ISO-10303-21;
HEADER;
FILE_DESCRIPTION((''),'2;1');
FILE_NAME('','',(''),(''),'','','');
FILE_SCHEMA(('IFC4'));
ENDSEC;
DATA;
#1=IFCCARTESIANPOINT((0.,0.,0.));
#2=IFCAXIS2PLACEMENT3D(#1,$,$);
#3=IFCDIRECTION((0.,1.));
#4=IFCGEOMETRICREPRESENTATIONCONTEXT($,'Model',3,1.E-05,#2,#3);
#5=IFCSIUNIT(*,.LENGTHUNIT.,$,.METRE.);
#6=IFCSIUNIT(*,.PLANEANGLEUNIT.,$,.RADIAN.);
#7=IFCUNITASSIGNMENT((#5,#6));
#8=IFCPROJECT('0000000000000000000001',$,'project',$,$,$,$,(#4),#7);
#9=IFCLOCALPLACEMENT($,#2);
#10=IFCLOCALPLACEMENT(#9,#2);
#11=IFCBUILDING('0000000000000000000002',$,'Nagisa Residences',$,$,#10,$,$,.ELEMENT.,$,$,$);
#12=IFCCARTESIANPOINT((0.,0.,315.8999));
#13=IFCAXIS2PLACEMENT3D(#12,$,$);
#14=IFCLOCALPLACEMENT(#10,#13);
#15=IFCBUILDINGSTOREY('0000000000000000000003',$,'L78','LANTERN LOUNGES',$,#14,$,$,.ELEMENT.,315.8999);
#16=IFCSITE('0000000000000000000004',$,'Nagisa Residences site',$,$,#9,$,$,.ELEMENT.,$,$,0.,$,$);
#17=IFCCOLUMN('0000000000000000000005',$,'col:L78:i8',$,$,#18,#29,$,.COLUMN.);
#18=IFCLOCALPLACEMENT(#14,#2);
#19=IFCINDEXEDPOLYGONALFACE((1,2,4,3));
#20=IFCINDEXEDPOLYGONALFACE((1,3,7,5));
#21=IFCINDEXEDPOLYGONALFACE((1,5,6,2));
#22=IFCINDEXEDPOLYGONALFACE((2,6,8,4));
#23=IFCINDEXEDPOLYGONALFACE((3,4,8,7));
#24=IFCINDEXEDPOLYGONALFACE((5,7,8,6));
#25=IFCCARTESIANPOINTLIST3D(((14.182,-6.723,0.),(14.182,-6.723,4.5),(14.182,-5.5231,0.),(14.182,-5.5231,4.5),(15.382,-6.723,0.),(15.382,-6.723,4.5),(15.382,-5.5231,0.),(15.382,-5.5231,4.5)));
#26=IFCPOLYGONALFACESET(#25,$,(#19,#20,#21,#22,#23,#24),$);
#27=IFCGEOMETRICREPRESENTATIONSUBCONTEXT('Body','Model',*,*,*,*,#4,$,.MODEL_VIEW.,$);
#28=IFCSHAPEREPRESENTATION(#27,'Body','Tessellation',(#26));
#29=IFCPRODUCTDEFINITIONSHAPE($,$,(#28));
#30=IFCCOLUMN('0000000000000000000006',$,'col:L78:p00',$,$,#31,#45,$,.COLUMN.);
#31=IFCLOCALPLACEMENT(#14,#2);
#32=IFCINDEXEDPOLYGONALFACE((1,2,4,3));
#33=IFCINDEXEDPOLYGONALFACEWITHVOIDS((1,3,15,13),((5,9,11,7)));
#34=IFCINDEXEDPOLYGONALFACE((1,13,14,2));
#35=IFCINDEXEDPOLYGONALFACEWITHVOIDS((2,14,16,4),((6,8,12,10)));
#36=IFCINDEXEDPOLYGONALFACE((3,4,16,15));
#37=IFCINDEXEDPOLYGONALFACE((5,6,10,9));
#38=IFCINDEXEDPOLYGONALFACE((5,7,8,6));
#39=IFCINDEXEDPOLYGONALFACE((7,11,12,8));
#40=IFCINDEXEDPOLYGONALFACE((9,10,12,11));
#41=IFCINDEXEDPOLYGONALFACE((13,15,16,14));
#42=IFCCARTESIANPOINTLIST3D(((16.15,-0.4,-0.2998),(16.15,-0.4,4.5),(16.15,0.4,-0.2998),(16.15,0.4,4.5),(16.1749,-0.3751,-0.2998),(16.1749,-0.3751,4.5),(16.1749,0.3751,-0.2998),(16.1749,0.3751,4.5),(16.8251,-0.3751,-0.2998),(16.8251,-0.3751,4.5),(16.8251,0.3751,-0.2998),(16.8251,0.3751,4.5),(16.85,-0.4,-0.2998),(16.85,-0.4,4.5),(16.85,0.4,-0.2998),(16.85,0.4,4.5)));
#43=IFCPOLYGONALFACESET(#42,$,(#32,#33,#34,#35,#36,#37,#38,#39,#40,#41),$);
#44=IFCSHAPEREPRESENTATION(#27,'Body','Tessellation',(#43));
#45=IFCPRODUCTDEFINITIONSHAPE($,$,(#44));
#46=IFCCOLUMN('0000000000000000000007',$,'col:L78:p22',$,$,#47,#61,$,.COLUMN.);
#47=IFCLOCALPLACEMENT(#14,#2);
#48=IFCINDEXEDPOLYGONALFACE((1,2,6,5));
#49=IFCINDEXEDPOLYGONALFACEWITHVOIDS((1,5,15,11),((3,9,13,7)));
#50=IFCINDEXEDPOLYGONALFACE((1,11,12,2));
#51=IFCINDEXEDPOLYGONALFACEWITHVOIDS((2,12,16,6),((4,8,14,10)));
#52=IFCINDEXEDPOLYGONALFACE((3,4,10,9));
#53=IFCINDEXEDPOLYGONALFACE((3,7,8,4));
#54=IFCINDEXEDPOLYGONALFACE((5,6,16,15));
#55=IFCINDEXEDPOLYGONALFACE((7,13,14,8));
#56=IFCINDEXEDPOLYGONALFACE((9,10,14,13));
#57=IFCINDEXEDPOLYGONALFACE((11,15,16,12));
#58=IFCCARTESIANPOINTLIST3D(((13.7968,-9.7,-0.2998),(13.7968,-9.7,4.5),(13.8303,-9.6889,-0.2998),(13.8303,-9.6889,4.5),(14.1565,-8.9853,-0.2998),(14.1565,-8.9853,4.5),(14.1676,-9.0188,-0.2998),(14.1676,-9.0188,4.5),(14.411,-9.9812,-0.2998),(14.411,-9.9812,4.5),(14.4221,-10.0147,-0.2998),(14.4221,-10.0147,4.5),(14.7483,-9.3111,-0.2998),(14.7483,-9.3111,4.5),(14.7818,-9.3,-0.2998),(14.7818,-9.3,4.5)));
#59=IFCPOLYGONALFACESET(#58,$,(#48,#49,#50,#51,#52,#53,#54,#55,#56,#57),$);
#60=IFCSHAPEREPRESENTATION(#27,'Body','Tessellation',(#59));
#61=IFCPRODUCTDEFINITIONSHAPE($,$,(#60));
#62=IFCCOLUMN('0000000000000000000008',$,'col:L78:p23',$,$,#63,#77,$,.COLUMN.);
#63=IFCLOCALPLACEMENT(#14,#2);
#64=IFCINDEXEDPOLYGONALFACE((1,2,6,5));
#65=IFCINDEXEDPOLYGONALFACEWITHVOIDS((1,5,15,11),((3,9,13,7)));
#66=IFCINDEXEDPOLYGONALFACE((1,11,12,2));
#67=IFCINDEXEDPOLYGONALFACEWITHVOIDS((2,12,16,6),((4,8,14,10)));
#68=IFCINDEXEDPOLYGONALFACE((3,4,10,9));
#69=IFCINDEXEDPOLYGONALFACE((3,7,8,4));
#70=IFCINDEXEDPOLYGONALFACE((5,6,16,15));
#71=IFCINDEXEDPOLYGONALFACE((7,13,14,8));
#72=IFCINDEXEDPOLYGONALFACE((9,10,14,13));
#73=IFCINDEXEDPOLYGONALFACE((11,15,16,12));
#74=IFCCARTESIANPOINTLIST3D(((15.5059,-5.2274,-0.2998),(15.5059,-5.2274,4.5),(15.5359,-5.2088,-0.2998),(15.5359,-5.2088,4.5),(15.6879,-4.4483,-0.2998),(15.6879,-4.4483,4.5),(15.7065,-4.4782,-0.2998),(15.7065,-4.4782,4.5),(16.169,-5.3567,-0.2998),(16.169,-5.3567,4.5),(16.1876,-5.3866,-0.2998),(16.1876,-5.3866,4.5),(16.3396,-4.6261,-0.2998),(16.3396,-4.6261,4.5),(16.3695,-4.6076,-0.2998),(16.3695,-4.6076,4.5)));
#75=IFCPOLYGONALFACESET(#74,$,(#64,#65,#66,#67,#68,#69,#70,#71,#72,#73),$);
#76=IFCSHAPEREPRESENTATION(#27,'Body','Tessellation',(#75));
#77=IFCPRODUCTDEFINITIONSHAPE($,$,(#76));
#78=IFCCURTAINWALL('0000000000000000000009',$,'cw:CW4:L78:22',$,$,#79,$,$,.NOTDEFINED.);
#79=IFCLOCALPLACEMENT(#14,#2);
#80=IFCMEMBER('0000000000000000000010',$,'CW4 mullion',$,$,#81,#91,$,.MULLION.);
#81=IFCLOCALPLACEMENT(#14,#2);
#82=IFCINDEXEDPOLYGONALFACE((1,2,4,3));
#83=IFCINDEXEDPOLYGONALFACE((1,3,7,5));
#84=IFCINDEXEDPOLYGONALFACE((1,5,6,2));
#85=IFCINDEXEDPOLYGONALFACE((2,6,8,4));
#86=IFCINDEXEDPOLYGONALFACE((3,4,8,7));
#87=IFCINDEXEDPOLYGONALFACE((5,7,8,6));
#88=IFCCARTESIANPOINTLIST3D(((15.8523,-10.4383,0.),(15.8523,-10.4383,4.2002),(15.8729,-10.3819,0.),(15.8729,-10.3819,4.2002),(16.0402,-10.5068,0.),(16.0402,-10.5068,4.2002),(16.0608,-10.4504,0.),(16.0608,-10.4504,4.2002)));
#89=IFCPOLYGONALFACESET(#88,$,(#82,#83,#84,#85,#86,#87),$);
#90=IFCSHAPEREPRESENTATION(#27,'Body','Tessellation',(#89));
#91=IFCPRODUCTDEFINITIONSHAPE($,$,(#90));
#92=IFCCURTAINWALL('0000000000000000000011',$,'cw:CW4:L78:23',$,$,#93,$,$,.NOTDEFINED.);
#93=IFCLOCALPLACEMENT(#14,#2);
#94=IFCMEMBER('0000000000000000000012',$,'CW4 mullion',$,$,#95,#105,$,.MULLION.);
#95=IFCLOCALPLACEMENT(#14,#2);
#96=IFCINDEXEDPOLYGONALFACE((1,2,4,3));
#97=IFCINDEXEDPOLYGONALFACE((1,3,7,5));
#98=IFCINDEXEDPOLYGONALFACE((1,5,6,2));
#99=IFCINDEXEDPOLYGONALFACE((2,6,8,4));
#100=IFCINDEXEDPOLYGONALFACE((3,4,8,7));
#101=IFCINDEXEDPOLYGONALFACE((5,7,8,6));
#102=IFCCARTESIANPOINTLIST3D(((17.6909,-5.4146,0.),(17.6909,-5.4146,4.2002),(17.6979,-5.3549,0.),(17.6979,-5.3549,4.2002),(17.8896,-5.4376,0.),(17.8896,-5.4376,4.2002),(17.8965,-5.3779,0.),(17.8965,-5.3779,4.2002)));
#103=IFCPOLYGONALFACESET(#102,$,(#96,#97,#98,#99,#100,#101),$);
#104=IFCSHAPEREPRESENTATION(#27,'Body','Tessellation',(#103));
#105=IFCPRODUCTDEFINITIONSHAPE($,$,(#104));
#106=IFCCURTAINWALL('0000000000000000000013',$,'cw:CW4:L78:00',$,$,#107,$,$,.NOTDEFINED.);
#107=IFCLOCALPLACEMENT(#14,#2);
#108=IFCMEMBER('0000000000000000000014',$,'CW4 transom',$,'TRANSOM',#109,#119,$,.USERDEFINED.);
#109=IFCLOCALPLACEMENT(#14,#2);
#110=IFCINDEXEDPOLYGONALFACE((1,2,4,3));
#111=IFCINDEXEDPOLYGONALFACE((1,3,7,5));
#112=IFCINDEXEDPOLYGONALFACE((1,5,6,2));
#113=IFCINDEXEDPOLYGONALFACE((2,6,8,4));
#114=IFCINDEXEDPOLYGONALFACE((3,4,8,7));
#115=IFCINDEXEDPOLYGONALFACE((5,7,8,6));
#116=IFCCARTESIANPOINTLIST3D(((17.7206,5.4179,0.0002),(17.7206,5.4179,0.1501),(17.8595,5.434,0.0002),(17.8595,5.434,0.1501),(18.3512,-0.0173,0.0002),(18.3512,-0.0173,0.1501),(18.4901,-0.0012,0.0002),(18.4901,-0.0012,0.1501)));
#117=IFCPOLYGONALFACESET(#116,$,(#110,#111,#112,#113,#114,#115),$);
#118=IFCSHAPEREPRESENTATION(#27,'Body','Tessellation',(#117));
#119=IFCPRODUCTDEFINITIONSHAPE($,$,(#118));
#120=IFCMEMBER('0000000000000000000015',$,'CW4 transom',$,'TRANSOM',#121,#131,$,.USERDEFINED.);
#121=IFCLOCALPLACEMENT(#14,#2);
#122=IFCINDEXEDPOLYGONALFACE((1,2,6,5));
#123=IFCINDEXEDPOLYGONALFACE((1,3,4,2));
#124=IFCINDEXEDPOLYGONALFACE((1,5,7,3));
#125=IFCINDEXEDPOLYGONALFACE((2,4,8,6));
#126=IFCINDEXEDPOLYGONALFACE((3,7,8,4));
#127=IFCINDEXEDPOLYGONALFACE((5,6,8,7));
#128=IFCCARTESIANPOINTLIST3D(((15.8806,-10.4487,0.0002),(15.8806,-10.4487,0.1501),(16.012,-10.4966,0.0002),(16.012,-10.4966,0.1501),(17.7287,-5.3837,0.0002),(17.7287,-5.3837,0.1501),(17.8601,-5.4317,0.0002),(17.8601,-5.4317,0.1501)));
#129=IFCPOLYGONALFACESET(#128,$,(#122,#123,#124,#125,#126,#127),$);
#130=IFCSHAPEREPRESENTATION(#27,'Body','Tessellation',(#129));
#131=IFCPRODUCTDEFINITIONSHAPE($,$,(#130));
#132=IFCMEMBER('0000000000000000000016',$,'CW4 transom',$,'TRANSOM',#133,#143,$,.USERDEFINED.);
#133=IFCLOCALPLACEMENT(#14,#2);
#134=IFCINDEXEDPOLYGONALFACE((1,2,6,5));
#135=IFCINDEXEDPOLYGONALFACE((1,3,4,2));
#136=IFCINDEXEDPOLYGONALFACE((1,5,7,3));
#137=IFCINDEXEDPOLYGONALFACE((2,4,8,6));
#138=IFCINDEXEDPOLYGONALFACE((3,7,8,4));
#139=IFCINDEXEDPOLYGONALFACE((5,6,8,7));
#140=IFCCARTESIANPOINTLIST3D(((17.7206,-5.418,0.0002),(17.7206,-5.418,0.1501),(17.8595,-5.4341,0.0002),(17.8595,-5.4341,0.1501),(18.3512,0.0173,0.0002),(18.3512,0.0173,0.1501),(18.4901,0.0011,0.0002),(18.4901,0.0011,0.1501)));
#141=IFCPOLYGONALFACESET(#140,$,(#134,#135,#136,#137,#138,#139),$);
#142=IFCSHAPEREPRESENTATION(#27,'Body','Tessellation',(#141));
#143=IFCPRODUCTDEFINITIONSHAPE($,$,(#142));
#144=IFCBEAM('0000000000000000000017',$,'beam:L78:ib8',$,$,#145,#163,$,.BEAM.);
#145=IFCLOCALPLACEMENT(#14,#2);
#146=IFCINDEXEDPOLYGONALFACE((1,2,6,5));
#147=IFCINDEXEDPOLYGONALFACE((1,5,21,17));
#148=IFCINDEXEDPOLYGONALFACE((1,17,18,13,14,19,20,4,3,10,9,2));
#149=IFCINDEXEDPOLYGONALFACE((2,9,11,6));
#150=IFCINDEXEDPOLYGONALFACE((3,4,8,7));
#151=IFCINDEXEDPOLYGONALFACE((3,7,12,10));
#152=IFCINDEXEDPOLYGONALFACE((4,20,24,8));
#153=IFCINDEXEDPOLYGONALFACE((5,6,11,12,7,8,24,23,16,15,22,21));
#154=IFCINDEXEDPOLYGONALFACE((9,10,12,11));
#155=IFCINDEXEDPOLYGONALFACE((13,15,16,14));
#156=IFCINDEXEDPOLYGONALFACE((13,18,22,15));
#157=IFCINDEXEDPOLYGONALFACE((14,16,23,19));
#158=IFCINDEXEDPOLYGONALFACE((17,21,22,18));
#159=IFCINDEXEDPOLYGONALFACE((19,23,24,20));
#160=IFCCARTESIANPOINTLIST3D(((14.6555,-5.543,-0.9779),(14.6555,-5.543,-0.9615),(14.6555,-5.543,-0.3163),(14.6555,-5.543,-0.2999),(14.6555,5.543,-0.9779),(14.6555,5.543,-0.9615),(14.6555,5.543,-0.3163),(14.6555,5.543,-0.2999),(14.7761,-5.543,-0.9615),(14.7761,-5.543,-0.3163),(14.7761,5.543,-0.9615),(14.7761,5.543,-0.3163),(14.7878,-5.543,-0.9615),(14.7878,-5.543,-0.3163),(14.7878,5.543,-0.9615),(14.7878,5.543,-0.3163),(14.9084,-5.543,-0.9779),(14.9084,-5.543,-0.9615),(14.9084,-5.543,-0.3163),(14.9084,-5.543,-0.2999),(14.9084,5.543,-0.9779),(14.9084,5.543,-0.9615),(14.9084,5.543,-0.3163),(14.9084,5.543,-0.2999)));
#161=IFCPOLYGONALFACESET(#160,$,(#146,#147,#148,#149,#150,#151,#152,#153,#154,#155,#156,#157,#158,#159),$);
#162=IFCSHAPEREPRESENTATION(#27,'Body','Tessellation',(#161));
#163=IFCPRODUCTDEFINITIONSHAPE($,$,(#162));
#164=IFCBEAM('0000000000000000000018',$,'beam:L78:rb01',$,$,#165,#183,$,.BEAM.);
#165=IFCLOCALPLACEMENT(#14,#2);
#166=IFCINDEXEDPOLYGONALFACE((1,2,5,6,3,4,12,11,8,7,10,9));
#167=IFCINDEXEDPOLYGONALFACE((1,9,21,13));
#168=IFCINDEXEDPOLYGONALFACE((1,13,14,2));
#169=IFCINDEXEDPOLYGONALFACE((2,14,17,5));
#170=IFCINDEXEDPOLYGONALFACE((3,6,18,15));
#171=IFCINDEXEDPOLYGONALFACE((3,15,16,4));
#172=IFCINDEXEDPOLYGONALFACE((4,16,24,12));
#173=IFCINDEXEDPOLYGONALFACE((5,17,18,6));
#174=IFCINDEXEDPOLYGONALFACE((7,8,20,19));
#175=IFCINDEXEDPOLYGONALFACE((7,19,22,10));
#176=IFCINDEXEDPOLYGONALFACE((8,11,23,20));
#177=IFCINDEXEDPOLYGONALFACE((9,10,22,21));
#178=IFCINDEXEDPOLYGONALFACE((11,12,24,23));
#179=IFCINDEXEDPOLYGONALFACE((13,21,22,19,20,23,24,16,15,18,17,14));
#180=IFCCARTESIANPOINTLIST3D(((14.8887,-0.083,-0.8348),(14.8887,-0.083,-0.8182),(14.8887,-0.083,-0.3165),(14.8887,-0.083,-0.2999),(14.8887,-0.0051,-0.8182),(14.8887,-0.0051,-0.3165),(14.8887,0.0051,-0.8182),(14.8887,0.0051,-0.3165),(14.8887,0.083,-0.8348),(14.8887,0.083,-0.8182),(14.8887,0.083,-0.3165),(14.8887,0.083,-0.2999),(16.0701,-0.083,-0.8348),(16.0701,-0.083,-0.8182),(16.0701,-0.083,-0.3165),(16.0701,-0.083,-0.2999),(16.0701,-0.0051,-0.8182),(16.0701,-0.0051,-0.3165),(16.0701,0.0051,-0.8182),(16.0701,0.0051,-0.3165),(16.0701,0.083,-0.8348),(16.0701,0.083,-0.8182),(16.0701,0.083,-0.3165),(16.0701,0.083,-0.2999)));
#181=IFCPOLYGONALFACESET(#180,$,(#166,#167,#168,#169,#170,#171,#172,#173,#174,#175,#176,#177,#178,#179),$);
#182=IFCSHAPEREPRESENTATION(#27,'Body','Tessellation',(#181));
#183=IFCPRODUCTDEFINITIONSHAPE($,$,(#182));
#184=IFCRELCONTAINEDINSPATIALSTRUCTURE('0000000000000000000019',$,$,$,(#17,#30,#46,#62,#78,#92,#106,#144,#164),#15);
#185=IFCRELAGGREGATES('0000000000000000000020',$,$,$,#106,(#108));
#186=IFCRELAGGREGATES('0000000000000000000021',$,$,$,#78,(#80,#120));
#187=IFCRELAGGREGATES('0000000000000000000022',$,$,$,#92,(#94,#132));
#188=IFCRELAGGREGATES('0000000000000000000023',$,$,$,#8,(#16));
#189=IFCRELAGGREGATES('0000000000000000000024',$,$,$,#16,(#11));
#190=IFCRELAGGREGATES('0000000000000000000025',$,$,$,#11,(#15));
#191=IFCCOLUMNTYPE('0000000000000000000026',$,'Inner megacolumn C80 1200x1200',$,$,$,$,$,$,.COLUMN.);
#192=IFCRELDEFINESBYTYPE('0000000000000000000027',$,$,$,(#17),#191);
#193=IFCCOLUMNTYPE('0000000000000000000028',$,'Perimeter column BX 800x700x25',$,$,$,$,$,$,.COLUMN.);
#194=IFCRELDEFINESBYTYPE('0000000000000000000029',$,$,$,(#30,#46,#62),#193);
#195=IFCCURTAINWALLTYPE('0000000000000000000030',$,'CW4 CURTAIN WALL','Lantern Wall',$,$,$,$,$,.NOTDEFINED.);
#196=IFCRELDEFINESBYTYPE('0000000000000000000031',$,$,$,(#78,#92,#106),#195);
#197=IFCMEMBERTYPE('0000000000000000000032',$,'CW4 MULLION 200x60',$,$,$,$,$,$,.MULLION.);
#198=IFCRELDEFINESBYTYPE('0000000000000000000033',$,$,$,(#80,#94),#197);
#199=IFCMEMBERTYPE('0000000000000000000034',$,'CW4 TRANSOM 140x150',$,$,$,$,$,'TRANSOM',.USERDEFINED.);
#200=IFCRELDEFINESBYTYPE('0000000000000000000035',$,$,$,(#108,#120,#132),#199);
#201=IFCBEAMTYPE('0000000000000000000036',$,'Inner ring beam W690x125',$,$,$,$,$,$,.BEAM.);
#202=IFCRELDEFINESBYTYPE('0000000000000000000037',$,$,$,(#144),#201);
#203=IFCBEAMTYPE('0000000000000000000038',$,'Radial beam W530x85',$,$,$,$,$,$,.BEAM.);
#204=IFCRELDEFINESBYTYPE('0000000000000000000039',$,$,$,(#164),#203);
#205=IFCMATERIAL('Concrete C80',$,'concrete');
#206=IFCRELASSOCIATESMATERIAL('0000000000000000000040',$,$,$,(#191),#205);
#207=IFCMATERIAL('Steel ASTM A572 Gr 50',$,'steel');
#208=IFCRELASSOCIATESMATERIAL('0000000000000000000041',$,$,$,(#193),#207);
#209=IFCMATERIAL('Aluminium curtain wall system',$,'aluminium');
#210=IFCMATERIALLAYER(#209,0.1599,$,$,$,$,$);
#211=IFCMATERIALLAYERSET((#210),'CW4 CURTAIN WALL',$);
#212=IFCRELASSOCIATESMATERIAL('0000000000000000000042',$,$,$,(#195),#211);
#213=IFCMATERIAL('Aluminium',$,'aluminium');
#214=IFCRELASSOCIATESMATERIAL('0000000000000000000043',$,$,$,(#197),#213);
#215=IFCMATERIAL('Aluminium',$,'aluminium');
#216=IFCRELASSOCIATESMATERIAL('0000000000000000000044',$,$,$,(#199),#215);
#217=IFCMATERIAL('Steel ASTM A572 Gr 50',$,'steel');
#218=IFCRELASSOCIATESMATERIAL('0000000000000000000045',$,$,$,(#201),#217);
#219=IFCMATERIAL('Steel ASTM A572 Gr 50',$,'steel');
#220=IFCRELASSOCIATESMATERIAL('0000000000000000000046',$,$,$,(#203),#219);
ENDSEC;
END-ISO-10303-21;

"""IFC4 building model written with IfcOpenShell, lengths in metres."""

from ifc_helpers import new_model, si_unit, direction, frame, origin, origin_2d, place, context, subcontext, project, spatial, rectangle, hollow_rectangle, i_section, extrude, material, layer, layer_set, material_profile, profile_set, type_object, element, aggregate, save


model = new_model("IFC4")

# Units and contexts
model_context = context("Model", 3, precision=1e-05, world=origin(), true_north=direction((0.0, 1.0)))
body_context = subcontext(model_context, "Body", "Model", "MODEL_VIEW")
ifc_project = project(units=[si_unit("LENGTHUNIT", "METRE"), si_unit("PLANEANGLEUNIT", "RADIAN")], contexts=[model_context])

# Site, building, storey
site_placement = place(None, origin())
site = spatial("IfcSite", under=ifc_project, at=site_placement, Name="Nagisa Residences site", CompositionType="ELEMENT", RefElevation=0.0)
building_placement = place(site_placement, origin())
building = spatial("IfcBuilding", under=site, at=building_placement, Name="Nagisa Residences", CompositionType="ELEMENT")
storey_placement = place(building_placement, frame((0.0, 0.0, 315.8999)))
storey = spatial("IfcBuildingStorey", under=building, at=storey_placement, Name="L78", Description="LANTERN LOUNGES", CompositionType="ELEMENT", Elevation=315.8999)

# Columns
ifc_material_1 = material(Name="Concrete C80", Category="concrete")
ifc_material_profile_1 = material_profile(ifc_material_1, rectangle(XDim=1.2, YDim=1.2, at=origin_2d()), Name="C80 1200x1200")
ifc_profile_set_1 = profile_set([ifc_material_profile_1], Name="Concrete C80")
column_type_1 = type_object("IfcColumnType", Name="Inner megacolumn C80 1200x1200", PredefinedType="COLUMN", material=ifc_profile_set_1)
column_placement = place(storey_placement, frame((14.782, -6.123, 0.0), z_axis=(0.0, 0.0, 1.0), x_axis=(1.0, 0.0, 0.0)))
element("IfcColumn", 1, at=column_placement, inside=storey, type_object=column_type_1, Name="col:L78:i8", PredefinedType="COLUMN", context=body_context, shape_type="SweptSolid", body=[
    extrude(rectangle(XDim=1.2, YDim=1.2, at=origin_2d()), origin(), (0.0, 0.0, 1.0), 4.5),
])
ifc_material_2 = material(Name="Steel ASTM A572 Gr 50", Category="steel")
ifc_material_profile_2 = material_profile(ifc_material_2, hollow_rectangle(XDim=0.8, YDim=0.7, WallThickness=0.0249, at=origin_2d()), Name="BX 800x700x25")
ifc_profile_set_2 = profile_set([ifc_material_profile_2], Name="Steel ASTM A572 Gr 50")
column_type_2 = type_object("IfcColumnType", Name="Perimeter column BX 800x700x25", PredefinedType="COLUMN", material=ifc_profile_set_2)
for number, where, z_axis, x_axis, name in (
    (2, (16.5, 0.0, -0.2998), (0.0, 0.0, 1.0), (0.0, 1.0, 0.0), "col:L78:p00"),
    (3, (14.2893, -9.5, -0.2998), (0.0, 0.0, 1.0), (0.449592, 0.893234, 0.0), "col:L78:p22"),
    (4, (15.9377, -4.9175, -0.2998), (0.0, 0.0, 1.0), (0.227473, 0.973784, 0.0), "col:L78:p23"),
):
    element("IfcColumn", number, at=place(storey_placement, frame(where, z_axis=z_axis, x_axis=x_axis)), inside=storey, type_object=column_type_2, Name=name, PredefinedType="COLUMN", context=body_context, shape_type="SweptSolid", body=[
        extrude(hollow_rectangle(XDim=0.8, YDim=0.7, WallThickness=0.0249, at=origin_2d()), origin(), (0.0, 0.0, 1.0), 4.7998),
    ])

# Curtain walls, members
ifc_material_3 = material(Name="Aluminium curtain wall system", Category="aluminium")
ifc_layer_1 = layer(ifc_material_3, 0.1599)
ifc_layer_set_1 = layer_set([ifc_layer_1], Name="CW4 CURTAIN WALL")
curtain_wall_type = type_object("IfcCurtainWallType", Name="CW4 CURTAIN WALL", Description="Lantern Wall", PredefinedType="NOTDEFINED", material=ifc_layer_set_1)
curtain_wall_1_placement = place(storey_placement, origin())
curtain_wall_1 = element("IfcCurtainWall", 5, at=curtain_wall_1_placement, inside=storey, type_object=curtain_wall_type, Name="cw:CW4:L78:22", PredefinedType="NOTDEFINED")
ifc_material_4 = material(Name="Aluminium", Category="aluminium")
ifc_material_profile_3 = material_profile(ifc_material_4, rectangle(XDim=0.2, YDim=0.0601, at=origin_2d()), Name="CW4 MULLION 200x60")
ifc_profile_set_3 = profile_set([ifc_material_profile_3], Name="Aluminium")
member_type_1 = type_object("IfcMemberType", Name="CW4 MULLION 200x60", PredefinedType="MULLION", material=ifc_profile_set_3)
member_1_placement = place(storey_placement, frame((15.9565, -10.4443, 0.0), z_axis=(0.0, 0.0, 1.0), x_axis=(-0.939411, 0.342793, 0.0)))
member_1 = element("IfcMember", 6, at=member_1_placement, type_object=member_type_1, Name="CW4 mullion", PredefinedType="MULLION", context=body_context, shape_type="SweptSolid", body=[
    extrude(rectangle(XDim=0.2, YDim=0.0601, at=origin_2d()), origin(), (0.0, 0.0, 1.0), 4.2002),
])
curtain_wall_2_placement = place(storey_placement, origin())
curtain_wall_2 = element("IfcCurtainWall", 7, at=curtain_wall_2_placement, inside=storey, type_object=curtain_wall_type, Name="cw:CW4:L78:23", PredefinedType="NOTDEFINED")
member_2_placement = place(storey_placement, frame((17.7937, -5.3962, 0.0), z_axis=(0.0, 0.0, 1.0), x_axis=(-0.993341, 0.115207, 0.0)))
member_2 = element("IfcMember", 8, at=member_2_placement, type_object=member_type_1, Name="CW4 mullion", PredefinedType="MULLION", context=body_context, shape_type="SweptSolid", body=[
    extrude(rectangle(XDim=0.2, YDim=0.0601, at=origin_2d()), origin(), (0.0, 0.0, 1.0), 4.2002),
])
curtain_wall_3_placement = place(storey_placement, origin())
curtain_wall_3 = element("IfcCurtainWall", 9, at=curtain_wall_3_placement, inside=storey, type_object=curtain_wall_type, Name="cw:CW4:L78:00", PredefinedType="NOTDEFINED")
ifc_material_5 = material(Name="Aluminium", Category="aluminium")
ifc_material_profile_4 = material_profile(ifc_material_5, rectangle(XDim=0.1399, YDim=0.1499, at=origin_2d()), Name="CW4 TRANSOM 140x150")
ifc_profile_set_4 = profile_set([ifc_material_profile_4], Name="Aluminium")
member_type_2 = type_object("IfcMemberType", Name="CW4 TRANSOM 140x150", ElementType="TRANSOM", PredefinedType="USERDEFINED", material=ifc_profile_set_4)
member_3_placement = place(storey_placement, frame((18.4207, -0.0093, 0.0752), z_axis=(-0.115249, 0.993337, 0.0), x_axis=(-0.993337, -0.115249, 0.0)))
member_3 = element("IfcMember", 10, at=member_3_placement, type_object=member_type_2, Name="CW4 transom", ObjectType="TRANSOM", PredefinedType="USERDEFINED", context=body_context, shape_type="SweptSolid", body=[
    extrude(rectangle(XDim=0.1399, YDim=0.1499, at=origin_2d()), origin(), (0.0, 0.0, 1.0), 5.4717),
])
aggregate(curtain_wall_3, [member_3])

# Members
member_4_placement = place(storey_placement, frame((15.9463, -10.4727, 0.0752), z_axis=(0.342783, 0.939415, 0.0), x_axis=(-0.939415, 0.342783, 0.0)))
member_4 = element("IfcMember", 11, at=member_4_placement, type_object=member_type_2, Name="CW4 transom", ObjectType="TRANSOM", PredefinedType="USERDEFINED", context=body_context, shape_type="SweptSolid", body=[
    extrude(rectangle(XDim=0.1399, YDim=0.1499, at=origin_2d()), origin(), (0.0, 0.0, 1.0), 5.3916),
])
member_5_placement = place(storey_placement, frame((17.79, -5.426, 0.0752), z_axis=(0.115249, 0.993337, 0.0), x_axis=(-0.993337, 0.115249, 0.0)))
member_5 = element("IfcMember", 12, at=member_5_placement, type_object=member_type_2, Name="CW4 transom", ObjectType="TRANSOM", PredefinedType="USERDEFINED", context=body_context, shape_type="SweptSolid", body=[
    extrude(rectangle(XDim=0.1399, YDim=0.1499, at=origin_2d()), origin(), (0.0, 0.0, 1.0), 5.4717),
])

# Beams
ifc_material_6 = material(Name="Steel ASTM A572 Gr 50", Category="steel")
ifc_material_profile_5 = material_profile(ifc_material_6, i_section(OverallWidth=0.2529, OverallDepth=0.678, WebThickness=0.0117, FlangeThickness=0.0164, at=origin_2d()), Name="W690x125")
ifc_profile_set_5 = profile_set([ifc_material_profile_5], Name="Steel ASTM A572 Gr 50")
beam_type_1 = type_object("IfcBeamType", Name="Inner ring beam W690x125", PredefinedType="BEAM", material=ifc_profile_set_5)
beam_1_placement = place(storey_placement, frame((14.782, -5.543, -0.6389), z_axis=(0.0, 1.0, 0.0), x_axis=(-1.0, 0.0, 0.0)))
element("IfcBeam", 13, at=beam_1_placement, inside=storey, type_object=beam_type_1, Name="beam:L78:ib8", PredefinedType="BEAM", context=body_context, shape_type="SweptSolid", body=[
    extrude(i_section(OverallWidth=0.2529, OverallDepth=0.678, WebThickness=0.0117, FlangeThickness=0.0164, at=origin_2d()), origin(), (0.0, 0.0, 1.0), 11.0859),
])
ifc_material_7 = material(Name="Steel ASTM A572 Gr 50", Category="steel")
ifc_material_profile_6 = material_profile(ifc_material_7, i_section(OverallWidth=0.166, OverallDepth=0.5349, WebThickness=0.0103, FlangeThickness=0.0166, at=origin_2d()), Name="W530x85")
ifc_profile_set_6 = profile_set([ifc_material_profile_6], Name="Steel ASTM A572 Gr 50")
beam_type_2 = type_object("IfcBeamType", Name="Radial beam W530x85", PredefinedType="BEAM", material=ifc_profile_set_6)
beam_2_placement = place(storey_placement, frame((16.0701, 0.0, -0.5674), z_axis=(-1.0, 0.0, 0.0), x_axis=(0.0, -1.0, 0.0)))
element("IfcBeam", 14, at=beam_2_placement, inside=storey, type_object=beam_type_2, Name="beam:L78:rb01", PredefinedType="BEAM", context=body_context, shape_type="SweptSolid", body=[
    extrude(i_section(OverallWidth=0.166, OverallDepth=0.5349, WebThickness=0.0103, FlangeThickness=0.0166, at=origin_2d()), origin(), (0.0, 0.0, 1.0), 1.1814),
])

aggregate(curtain_wall_1, [member_1, member_4])
aggregate(curtain_wall_2, [member_2, member_5])

save(model, "model.ifc")
